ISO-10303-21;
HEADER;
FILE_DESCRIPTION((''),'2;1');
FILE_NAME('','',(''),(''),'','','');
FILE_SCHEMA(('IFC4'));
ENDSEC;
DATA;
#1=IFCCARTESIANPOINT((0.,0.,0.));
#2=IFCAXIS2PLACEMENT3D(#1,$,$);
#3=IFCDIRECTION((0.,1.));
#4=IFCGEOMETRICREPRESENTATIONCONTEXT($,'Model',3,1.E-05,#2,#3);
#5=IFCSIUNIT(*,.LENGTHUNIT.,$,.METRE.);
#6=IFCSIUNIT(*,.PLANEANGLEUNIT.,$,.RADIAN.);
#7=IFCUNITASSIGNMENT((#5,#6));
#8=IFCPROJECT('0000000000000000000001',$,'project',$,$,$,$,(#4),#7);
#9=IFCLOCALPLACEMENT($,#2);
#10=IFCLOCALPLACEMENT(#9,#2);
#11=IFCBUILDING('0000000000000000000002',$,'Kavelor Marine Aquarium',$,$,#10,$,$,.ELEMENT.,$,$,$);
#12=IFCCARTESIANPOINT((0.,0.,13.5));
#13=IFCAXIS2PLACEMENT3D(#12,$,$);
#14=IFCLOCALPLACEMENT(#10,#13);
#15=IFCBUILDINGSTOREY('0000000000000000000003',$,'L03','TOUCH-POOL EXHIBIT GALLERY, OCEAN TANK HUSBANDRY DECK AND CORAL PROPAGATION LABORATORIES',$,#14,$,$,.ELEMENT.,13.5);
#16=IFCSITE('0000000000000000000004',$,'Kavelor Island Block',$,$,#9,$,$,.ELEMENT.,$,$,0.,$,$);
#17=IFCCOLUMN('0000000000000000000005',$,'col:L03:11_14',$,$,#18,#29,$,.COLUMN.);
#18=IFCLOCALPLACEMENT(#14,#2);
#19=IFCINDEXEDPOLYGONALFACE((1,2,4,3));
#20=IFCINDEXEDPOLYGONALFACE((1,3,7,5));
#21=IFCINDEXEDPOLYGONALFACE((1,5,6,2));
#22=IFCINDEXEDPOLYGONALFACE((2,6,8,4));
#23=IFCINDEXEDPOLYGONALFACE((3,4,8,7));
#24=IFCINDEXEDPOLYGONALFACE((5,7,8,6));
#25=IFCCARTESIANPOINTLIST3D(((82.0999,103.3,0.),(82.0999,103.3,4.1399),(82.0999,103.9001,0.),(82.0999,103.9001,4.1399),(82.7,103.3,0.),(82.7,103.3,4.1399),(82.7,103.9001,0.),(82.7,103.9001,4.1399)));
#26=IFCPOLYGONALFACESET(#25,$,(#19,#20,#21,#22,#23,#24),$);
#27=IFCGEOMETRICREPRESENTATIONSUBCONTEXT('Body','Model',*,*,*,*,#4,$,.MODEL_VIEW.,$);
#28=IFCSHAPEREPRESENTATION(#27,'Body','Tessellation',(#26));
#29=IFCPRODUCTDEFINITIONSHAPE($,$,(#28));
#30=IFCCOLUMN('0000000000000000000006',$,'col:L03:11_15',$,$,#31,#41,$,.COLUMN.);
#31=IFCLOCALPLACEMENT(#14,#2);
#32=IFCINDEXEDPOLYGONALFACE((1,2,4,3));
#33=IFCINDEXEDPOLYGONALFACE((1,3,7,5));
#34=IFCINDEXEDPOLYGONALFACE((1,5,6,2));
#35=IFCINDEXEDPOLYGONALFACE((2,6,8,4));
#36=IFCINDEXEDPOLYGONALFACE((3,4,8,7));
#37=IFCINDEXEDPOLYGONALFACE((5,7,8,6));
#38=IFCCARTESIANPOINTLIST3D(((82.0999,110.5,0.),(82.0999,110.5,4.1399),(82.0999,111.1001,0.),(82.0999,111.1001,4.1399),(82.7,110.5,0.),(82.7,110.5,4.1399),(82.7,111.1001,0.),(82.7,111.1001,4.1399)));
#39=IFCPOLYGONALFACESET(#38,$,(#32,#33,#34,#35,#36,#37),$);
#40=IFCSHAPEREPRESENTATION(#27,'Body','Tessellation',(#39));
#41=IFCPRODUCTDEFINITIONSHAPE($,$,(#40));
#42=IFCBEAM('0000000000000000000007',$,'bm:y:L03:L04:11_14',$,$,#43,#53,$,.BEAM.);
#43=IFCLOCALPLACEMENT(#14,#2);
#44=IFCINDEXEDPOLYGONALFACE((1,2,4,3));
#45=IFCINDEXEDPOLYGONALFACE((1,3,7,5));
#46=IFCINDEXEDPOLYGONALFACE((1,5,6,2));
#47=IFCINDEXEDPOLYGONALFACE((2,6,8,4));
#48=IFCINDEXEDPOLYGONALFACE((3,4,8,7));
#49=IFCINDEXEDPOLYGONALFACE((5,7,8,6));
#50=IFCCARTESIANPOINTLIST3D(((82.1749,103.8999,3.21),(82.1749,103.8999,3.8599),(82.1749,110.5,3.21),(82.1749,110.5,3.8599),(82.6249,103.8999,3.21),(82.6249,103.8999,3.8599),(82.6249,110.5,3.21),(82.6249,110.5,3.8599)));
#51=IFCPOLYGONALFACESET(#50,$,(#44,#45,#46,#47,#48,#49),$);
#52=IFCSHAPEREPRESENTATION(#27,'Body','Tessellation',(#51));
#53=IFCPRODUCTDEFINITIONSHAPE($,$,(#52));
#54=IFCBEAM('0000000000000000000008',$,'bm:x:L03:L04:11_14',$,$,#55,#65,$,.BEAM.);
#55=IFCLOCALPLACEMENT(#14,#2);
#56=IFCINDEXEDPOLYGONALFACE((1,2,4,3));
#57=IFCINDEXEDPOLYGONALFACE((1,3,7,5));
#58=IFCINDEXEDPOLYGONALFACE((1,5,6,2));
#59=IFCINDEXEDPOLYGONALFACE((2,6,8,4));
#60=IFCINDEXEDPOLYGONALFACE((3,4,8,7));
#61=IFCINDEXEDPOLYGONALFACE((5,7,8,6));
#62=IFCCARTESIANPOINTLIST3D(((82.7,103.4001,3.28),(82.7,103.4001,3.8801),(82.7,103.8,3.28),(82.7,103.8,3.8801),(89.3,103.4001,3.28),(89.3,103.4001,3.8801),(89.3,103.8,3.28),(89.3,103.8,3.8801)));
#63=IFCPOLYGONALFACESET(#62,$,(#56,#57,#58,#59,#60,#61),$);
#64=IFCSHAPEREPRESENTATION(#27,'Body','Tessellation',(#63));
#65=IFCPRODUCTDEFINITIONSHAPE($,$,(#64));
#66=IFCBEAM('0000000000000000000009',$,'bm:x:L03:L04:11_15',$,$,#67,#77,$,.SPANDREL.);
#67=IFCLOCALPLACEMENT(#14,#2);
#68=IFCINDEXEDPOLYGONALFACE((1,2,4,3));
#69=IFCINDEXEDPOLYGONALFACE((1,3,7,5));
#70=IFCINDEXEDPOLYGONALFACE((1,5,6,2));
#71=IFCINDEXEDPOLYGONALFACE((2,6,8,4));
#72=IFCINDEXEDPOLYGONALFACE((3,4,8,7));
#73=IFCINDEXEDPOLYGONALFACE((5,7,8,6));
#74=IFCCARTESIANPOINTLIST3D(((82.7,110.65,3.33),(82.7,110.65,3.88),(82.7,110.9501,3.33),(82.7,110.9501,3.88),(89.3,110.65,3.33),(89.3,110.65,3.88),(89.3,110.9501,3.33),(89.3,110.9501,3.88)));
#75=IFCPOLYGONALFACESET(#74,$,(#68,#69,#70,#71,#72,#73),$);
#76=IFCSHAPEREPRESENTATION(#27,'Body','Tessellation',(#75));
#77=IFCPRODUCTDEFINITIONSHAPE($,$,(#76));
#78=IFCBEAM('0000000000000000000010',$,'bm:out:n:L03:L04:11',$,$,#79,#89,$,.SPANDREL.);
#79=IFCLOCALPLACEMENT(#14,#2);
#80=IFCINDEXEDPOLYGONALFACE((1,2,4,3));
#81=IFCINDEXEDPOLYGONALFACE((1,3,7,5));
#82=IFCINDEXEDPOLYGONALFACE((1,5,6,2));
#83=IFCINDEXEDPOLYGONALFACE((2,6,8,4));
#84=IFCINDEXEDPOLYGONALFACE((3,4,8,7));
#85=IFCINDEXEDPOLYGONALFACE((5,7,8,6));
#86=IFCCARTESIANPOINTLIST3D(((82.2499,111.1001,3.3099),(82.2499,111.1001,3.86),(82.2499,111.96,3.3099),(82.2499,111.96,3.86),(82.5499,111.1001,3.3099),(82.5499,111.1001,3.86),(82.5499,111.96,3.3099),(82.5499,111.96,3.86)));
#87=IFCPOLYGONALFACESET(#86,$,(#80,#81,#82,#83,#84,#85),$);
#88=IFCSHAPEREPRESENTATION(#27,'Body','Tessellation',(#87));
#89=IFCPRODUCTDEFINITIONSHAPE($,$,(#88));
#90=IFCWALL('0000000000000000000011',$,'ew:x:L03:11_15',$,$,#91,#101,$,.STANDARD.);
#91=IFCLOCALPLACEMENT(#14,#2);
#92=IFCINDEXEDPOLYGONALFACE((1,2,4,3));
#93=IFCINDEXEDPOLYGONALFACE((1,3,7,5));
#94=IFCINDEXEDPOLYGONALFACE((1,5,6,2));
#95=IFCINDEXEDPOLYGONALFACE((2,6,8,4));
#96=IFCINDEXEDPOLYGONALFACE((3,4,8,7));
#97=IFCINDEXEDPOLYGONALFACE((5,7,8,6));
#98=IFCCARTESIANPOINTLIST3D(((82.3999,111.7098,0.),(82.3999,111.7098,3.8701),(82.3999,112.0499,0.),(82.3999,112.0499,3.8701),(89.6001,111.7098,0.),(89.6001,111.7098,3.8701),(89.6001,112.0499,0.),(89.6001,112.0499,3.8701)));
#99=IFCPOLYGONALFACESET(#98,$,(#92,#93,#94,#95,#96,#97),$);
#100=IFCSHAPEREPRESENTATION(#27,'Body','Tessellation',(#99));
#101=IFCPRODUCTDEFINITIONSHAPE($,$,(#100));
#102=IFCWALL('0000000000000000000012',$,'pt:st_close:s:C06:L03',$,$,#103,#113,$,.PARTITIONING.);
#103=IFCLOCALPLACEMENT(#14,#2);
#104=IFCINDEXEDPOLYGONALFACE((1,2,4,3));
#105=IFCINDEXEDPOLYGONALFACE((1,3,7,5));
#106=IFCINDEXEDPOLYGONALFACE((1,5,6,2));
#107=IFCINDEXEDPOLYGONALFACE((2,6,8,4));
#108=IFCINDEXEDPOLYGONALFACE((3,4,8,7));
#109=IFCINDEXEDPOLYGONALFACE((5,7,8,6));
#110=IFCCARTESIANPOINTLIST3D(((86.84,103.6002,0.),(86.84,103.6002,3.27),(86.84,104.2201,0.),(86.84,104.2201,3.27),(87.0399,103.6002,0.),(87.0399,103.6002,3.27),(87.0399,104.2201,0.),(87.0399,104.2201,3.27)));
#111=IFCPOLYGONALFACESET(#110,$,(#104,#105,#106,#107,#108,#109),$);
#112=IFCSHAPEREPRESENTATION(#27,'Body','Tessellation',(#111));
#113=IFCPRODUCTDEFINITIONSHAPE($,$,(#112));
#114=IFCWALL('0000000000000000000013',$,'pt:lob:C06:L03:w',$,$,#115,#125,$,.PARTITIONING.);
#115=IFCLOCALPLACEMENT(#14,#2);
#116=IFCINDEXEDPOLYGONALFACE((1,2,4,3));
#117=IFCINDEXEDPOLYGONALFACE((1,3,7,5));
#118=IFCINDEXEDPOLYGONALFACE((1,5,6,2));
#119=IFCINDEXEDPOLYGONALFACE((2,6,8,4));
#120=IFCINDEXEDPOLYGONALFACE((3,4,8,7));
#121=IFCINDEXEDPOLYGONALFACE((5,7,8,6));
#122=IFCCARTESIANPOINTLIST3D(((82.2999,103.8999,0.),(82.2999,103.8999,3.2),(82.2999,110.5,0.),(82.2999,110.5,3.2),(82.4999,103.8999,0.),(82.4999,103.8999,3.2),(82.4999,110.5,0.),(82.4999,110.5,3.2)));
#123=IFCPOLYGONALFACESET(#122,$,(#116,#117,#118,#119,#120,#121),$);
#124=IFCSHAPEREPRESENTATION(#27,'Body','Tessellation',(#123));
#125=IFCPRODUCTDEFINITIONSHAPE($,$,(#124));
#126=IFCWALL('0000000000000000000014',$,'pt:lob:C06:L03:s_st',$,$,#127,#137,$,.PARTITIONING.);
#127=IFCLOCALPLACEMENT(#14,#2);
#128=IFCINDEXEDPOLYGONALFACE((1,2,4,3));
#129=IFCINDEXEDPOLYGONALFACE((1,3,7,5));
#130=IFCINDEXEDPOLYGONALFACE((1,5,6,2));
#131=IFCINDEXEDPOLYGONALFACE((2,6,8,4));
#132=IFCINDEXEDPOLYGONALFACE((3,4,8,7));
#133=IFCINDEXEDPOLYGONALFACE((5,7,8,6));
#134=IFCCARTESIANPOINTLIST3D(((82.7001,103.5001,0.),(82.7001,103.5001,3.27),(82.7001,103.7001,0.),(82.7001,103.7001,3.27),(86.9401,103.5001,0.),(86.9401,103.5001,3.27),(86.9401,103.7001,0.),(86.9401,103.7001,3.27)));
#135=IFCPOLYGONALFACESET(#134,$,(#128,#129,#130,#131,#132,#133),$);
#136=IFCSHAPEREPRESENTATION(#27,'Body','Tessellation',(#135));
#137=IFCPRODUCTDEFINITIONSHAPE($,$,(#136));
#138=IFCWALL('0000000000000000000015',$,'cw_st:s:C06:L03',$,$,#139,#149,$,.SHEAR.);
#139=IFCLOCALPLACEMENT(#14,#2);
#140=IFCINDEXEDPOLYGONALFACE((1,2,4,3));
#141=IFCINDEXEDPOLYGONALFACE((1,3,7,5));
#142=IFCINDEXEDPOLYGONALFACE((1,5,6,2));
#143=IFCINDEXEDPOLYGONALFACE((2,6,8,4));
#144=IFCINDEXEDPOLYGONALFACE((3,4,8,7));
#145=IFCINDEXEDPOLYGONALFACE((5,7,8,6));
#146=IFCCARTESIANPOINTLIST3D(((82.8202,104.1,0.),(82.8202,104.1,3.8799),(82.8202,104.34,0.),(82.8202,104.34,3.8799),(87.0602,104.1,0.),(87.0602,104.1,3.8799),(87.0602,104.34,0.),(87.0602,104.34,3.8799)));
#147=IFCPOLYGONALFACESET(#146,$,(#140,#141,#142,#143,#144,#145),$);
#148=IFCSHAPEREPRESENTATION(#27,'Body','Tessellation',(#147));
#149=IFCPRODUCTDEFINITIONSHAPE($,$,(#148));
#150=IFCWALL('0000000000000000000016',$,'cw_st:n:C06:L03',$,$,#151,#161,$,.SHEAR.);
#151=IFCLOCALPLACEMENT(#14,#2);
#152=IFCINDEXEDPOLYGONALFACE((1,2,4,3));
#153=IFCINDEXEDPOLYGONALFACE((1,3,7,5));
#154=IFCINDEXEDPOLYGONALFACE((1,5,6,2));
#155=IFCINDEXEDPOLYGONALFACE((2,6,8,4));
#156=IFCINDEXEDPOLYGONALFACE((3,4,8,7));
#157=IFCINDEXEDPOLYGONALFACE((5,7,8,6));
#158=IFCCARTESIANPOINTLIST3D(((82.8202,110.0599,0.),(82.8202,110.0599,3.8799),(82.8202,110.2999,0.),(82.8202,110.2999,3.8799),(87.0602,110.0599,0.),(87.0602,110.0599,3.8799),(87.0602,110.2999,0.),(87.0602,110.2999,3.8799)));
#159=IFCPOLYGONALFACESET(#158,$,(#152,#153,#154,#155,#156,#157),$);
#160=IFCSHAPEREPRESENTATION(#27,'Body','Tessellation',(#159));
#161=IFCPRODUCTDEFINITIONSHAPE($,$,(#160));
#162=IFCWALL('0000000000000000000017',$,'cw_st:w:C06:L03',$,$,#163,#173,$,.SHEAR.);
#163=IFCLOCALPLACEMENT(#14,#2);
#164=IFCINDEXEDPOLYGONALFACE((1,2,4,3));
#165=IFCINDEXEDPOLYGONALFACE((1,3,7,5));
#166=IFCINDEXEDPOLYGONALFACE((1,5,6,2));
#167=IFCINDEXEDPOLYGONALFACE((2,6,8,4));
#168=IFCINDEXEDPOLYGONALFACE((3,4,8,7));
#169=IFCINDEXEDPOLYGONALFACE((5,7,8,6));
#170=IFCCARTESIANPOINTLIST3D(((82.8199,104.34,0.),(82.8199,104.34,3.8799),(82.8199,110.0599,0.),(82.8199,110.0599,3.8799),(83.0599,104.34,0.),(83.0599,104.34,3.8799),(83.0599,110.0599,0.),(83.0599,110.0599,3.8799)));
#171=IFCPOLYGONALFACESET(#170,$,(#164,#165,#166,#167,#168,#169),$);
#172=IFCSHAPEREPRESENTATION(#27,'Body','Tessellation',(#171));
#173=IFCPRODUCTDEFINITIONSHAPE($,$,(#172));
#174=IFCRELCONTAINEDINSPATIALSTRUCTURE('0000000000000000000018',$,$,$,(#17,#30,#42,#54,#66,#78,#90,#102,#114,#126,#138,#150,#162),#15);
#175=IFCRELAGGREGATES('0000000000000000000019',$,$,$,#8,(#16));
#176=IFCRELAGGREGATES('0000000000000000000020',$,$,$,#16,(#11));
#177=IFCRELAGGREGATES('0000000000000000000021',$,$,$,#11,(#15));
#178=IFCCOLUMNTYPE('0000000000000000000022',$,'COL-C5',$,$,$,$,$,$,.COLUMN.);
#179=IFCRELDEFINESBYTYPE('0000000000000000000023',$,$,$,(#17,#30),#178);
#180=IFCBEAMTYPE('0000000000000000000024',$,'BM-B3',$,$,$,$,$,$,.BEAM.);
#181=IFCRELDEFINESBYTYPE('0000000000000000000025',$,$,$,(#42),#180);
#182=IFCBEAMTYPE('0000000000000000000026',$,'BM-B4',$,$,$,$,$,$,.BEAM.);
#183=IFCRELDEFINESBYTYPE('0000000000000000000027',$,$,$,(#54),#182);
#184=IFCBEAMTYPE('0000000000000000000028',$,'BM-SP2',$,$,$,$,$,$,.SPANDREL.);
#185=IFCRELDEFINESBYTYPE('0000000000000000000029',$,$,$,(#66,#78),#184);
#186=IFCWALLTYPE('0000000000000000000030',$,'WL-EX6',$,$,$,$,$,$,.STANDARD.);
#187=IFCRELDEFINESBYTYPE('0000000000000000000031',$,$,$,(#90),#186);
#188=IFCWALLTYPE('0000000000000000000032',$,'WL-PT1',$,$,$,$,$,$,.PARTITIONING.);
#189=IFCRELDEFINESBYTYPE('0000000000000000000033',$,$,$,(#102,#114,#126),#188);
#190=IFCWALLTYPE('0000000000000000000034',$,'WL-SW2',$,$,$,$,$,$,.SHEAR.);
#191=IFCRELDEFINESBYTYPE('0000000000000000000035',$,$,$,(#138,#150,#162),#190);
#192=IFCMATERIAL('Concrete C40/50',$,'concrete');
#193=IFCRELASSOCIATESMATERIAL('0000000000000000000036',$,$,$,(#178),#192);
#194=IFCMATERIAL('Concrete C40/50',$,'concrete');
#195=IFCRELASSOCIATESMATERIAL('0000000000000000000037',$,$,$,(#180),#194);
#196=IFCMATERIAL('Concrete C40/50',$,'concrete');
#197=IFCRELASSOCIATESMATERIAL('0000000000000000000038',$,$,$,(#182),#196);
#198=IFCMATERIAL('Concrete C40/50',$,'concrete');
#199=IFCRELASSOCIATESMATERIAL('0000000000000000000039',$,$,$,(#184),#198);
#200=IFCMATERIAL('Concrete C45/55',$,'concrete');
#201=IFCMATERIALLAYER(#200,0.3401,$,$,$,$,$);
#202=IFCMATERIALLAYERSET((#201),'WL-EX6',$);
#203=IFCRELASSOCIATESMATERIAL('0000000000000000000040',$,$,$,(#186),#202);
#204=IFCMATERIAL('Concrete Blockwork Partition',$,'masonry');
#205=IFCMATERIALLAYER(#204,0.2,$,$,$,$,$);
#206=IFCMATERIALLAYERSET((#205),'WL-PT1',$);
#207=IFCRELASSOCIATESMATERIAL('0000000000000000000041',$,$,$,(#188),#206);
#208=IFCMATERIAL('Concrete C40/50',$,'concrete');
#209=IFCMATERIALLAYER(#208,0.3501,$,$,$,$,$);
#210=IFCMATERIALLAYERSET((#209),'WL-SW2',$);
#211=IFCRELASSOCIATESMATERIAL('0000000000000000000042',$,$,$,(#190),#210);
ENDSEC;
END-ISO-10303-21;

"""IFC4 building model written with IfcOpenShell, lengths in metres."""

from ifc_helpers import new_model, si_unit, direction, frame, frame_2d, origin, origin_2d, place, context, subcontext, project, spatial, rectangle, extrude, material, layer, layer_set, material_profile, profile_set, type_object, element, save


model = new_model("IFC4")

# Units and contexts
model_context = context("Model", 3, precision=1e-05, world=origin(), true_north=direction((0.0, 1.0)))
body_context = subcontext(model_context, "Body", "Model", "MODEL_VIEW")
ifc_project = project(units=[si_unit("LENGTHUNIT", "METRE"), si_unit("PLANEANGLEUNIT", "RADIAN")], contexts=[model_context])

# Site, building, storey
site_placement = place(None, origin())
site = spatial("IfcSite", under=ifc_project, at=site_placement, Name="Kavelor Island Block", CompositionType="ELEMENT", RefElevation=0.0)
building_placement = place(site_placement, origin())
building = spatial("IfcBuilding", under=site, at=building_placement, Name="Kavelor Marine Aquarium", CompositionType="ELEMENT")
storey_placement = place(building_placement, frame((0.0, 0.0, 13.5)))
storey = spatial("IfcBuildingStorey", under=building, at=storey_placement, Name="L03", Description="TOUCH-POOL EXHIBIT GALLERY, OCEAN TANK HUSBANDRY DECK AND CORAL PROPAGATION LABORATORIES", CompositionType="ELEMENT", Elevation=13.5)

# Columns
ifc_material_1 = material(Name="Concrete C40/50", Category="concrete")
ifc_material_profile_1 = material_profile(ifc_material_1, rectangle(XDim=0.6001, YDim=0.6001, at=origin_2d()), Name="RC-COL 600x600")
ifc_profile_set_1 = profile_set([ifc_material_profile_1], Name="Concrete C40/50")
column_type = type_object("IfcColumnType", Name="COL-C5", PredefinedType="COLUMN", material=ifc_profile_set_1)
for number, where, z_axis, x_axis, name in (
    (1, (82.3999, 103.6001, 0.0), (0.0, 0.0, 1.0), (1.0, 0.0, 0.0), "col:L03:11_14"),
    (2, (82.3999, 110.8, 0.0), (0.0, 0.0, 1.0), (1.0, 0.0, 0.0), "col:L03:11_15"),
):
    element("IfcColumn", number, at=place(storey_placement, frame(where, z_axis=z_axis, x_axis=x_axis)), inside=storey, type_object=column_type, Name=name, PredefinedType="COLUMN", context=body_context, shape_type="SweptSolid", body=[
        extrude(rectangle(XDim=0.6001, YDim=0.6001, at=origin_2d()), origin(), (0.0, 0.0, 1.0), 4.1399),
    ])

# Beams
ifc_material_2 = material(Name="Concrete C40/50", Category="concrete")
ifc_material_profile_2 = material_profile(ifc_material_2, rectangle(XDim=0.45, YDim=0.6499, at=origin_2d()), Name="RC-BM 450x650")
ifc_profile_set_2 = profile_set([ifc_material_profile_2], Name="Concrete C40/50")
beam_type_1 = type_object("IfcBeamType", Name="BM-B3", PredefinedType="BEAM", material=ifc_profile_set_2)
beam_1_placement = place(storey_placement, frame((82.3999, 103.8999, 3.5349), z_axis=(0.0, 1.0, 0.0), x_axis=(-1.0, 0.0, 0.0)))
element("IfcBeam", 3, at=beam_1_placement, inside=storey, type_object=beam_type_1, Name="bm:y:L03:L04:11_14", PredefinedType="BEAM", context=body_context, shape_type="SweptSolid", body=[
    extrude(rectangle(XDim=0.45, YDim=0.6499, at=origin_2d()), origin(), (0.0, 0.0, 1.0), 6.6001),
])
ifc_material_3 = material(Name="Concrete C40/50", Category="concrete")
ifc_material_profile_3 = material_profile(ifc_material_3, rectangle(XDim=0.3999, YDim=0.6001, at=origin_2d()), Name="RC-BM 400x600")
ifc_profile_set_3 = profile_set([ifc_material_profile_3], Name="Concrete C40/50")
beam_type_2 = type_object("IfcBeamType", Name="BM-B4", PredefinedType="BEAM", material=ifc_profile_set_3)
beam_2_placement = place(storey_placement, frame((82.7, 103.6001, 3.5801), z_axis=(1.0, 0.0, 0.0), x_axis=(0.0, 1.0, 0.0)))
element("IfcBeam", 4, at=beam_2_placement, inside=storey, type_object=beam_type_2, Name="bm:x:L03:L04:11_14", PredefinedType="BEAM", context=body_context, shape_type="SweptSolid", body=[
    extrude(rectangle(XDim=0.3999, YDim=0.6001, at=origin_2d()), origin(), (0.0, 0.0, 1.0), 6.6001),
])
ifc_material_4 = material(Name="Concrete C40/50", Category="concrete")
ifc_material_profile_4 = material_profile(ifc_material_4, rectangle(XDim=0.3, YDim=0.55, at=origin_2d()), Name="RC-SP 300x550")
ifc_profile_set_4 = profile_set([ifc_material_profile_4], Name="Concrete C40/50")
beam_type_3 = type_object("IfcBeamType", Name="BM-SP2", PredefinedType="SPANDREL", material=ifc_profile_set_4)
beam_3_placement = place(storey_placement, frame((82.7, 110.8, 3.605), z_axis=(1.0, 0.0, 0.0), x_axis=(0.0, 1.0, 0.0)))
element("IfcBeam", 5, at=beam_3_placement, inside=storey, type_object=beam_type_3, Name="bm:x:L03:L04:11_15", PredefinedType="SPANDREL", context=body_context, shape_type="SweptSolid", body=[
    extrude(rectangle(XDim=0.3, YDim=0.55, at=origin_2d()), origin(), (0.0, 0.0, 1.0), 6.6001),
])
beam_4_placement = place(storey_placement, frame((82.3999, 111.1001, 3.585), z_axis=(0.0, 1.0, 0.0), x_axis=(-1.0, 0.0, 0.0)))
element("IfcBeam", 6, at=beam_4_placement, inside=storey, type_object=beam_type_3, Name="bm:out:n:L03:L04:11", PredefinedType="SPANDREL", context=body_context, shape_type="SweptSolid", body=[
    extrude(rectangle(XDim=0.3, YDim=0.55, at=origin_2d()), origin(), (0.0, 0.0, 1.0), 0.8599),
])

# Walls
ifc_material_5 = material(Name="Concrete C45/55", Category="concrete")
ifc_layer_1 = layer(ifc_material_5, 0.3401)
ifc_layer_set_1 = layer_set([ifc_layer_1], Name="WL-EX6")
wall_type_1 = type_object("IfcWallType", Name="WL-EX6", PredefinedType="STANDARD", material=ifc_layer_set_1)
wall_1_placement = place(storey_placement, frame((82.3999, 111.8799, 0.0), z_axis=(0.0, 0.0, 1.0), x_axis=(1.0, 0.0, 0.0)))
element("IfcWall", 7, at=wall_1_placement, inside=storey, type_object=wall_type_1, Name="ew:x:L03:11_15", PredefinedType="STANDARD", context=body_context, shape_type="SweptSolid", body=[
    extrude(rectangle(XDim=7.2002, YDim=0.3401, at=frame_2d((3.6001, 0.0))), origin(), (0.0, 0.0, 1.0), 3.8701),
])
ifc_material_6 = material(Name="Concrete Blockwork Partition", Category="masonry")
ifc_layer_2 = layer(ifc_material_6, 0.2)
ifc_layer_set_2 = layer_set([ifc_layer_2], Name="WL-PT1")
wall_type_2 = type_object("IfcWallType", Name="WL-PT1", PredefinedType="PARTITIONING", material=ifc_layer_set_2)
wall_2_placement = place(storey_placement, frame((86.9399, 103.6001, 0.0), z_axis=(0.0, 0.0, 1.0), x_axis=(0.0, 1.0, 0.0)))
element("IfcWall", 8, at=wall_2_placement, inside=storey, type_object=wall_type_2, Name="pt:st_close:s:C06:L03", PredefinedType="PARTITIONING", context=body_context, shape_type="SweptSolid", body=[
    extrude(rectangle(XDim=0.6199, YDim=0.2, at=frame_2d((0.3101, 0.0))), origin(), (0.0, 0.0, 1.0), 3.27),
])
wall_3_placement = place(storey_placement, frame((82.3999, 103.8999, 0.0), z_axis=(0.0, 0.0, 1.0), x_axis=(0.0, 1.0, 0.0)))
element("IfcWall", 9, at=wall_3_placement, inside=storey, type_object=wall_type_2, Name="pt:lob:C06:L03:w", PredefinedType="PARTITIONING", context=body_context, shape_type="SweptSolid", body=[
    extrude(rectangle(XDim=6.6001, YDim=0.2, at=frame_2d((3.3, 0.0))), origin(), (0.0, 0.0, 1.0), 3.2),
])
wall_4_placement = place(storey_placement, frame((82.7, 103.6001, 0.0), z_axis=(0.0, 0.0, 1.0), x_axis=(1.0, 0.0, 0.0)))
element("IfcWall", 10, at=wall_4_placement, inside=storey, type_object=wall_type_2, Name="pt:lob:C06:L03:s_st", PredefinedType="PARTITIONING", context=body_context, shape_type="SweptSolid", body=[
    extrude(rectangle(XDim=4.24, YDim=0.2, at=frame_2d((2.1201, 0.0))), origin(), (0.0, 0.0, 1.0), 3.27),
])

# Walls
ifc_material_7 = material(Name="Concrete C40/50", Category="concrete")
ifc_layer_3 = layer(ifc_material_7, 0.3501)
ifc_layer_set_3 = layer_set([ifc_layer_3], Name="WL-SW2")
wall_type_3 = type_object("IfcWallType", Name="WL-SW2", PredefinedType="SHEAR", material=ifc_layer_set_3)
for number, where, z_axis, x_axis, name in (
    (11, (82.8201, 104.22, 0.0), (0.0, 0.0, 1.0), (1.0, 0.0, 0.0), "cw_st:s:C06:L03"),
    (12, (82.8201, 110.1799, 0.0), (0.0, 0.0, 1.0), (1.0, 0.0, 0.0), "cw_st:n:C06:L03"),
):
    element("IfcWall", number, at=place(storey_placement, frame(where, z_axis=z_axis, x_axis=x_axis)), inside=storey, type_object=wall_type_3, Name=name, PredefinedType="SHEAR", context=body_context, shape_type="SweptSolid", body=[
        extrude(rectangle(XDim=4.24, YDim=0.24, at=frame_2d((2.1201, 0.0))), origin(), (0.0, 0.0, 1.0), 3.8799),
    ])
wall_5_placement = place(storey_placement, frame((82.9399, 104.3401, 0.0), z_axis=(0.0, 0.0, 1.0), x_axis=(0.0, 1.0, 0.0)))
element("IfcWall", 13, at=wall_5_placement, inside=storey, type_object=wall_type_3, Name="cw_st:w:C06:L03", PredefinedType="SHEAR", context=body_context, shape_type="SweptSolid", body=[
    extrude(rectangle(XDim=5.72, YDim=0.24, at=frame_2d((2.8599, 0.0))), origin(), (0.0, 0.0, 1.0), 3.8799),
])

save(model, "model.ifc")
